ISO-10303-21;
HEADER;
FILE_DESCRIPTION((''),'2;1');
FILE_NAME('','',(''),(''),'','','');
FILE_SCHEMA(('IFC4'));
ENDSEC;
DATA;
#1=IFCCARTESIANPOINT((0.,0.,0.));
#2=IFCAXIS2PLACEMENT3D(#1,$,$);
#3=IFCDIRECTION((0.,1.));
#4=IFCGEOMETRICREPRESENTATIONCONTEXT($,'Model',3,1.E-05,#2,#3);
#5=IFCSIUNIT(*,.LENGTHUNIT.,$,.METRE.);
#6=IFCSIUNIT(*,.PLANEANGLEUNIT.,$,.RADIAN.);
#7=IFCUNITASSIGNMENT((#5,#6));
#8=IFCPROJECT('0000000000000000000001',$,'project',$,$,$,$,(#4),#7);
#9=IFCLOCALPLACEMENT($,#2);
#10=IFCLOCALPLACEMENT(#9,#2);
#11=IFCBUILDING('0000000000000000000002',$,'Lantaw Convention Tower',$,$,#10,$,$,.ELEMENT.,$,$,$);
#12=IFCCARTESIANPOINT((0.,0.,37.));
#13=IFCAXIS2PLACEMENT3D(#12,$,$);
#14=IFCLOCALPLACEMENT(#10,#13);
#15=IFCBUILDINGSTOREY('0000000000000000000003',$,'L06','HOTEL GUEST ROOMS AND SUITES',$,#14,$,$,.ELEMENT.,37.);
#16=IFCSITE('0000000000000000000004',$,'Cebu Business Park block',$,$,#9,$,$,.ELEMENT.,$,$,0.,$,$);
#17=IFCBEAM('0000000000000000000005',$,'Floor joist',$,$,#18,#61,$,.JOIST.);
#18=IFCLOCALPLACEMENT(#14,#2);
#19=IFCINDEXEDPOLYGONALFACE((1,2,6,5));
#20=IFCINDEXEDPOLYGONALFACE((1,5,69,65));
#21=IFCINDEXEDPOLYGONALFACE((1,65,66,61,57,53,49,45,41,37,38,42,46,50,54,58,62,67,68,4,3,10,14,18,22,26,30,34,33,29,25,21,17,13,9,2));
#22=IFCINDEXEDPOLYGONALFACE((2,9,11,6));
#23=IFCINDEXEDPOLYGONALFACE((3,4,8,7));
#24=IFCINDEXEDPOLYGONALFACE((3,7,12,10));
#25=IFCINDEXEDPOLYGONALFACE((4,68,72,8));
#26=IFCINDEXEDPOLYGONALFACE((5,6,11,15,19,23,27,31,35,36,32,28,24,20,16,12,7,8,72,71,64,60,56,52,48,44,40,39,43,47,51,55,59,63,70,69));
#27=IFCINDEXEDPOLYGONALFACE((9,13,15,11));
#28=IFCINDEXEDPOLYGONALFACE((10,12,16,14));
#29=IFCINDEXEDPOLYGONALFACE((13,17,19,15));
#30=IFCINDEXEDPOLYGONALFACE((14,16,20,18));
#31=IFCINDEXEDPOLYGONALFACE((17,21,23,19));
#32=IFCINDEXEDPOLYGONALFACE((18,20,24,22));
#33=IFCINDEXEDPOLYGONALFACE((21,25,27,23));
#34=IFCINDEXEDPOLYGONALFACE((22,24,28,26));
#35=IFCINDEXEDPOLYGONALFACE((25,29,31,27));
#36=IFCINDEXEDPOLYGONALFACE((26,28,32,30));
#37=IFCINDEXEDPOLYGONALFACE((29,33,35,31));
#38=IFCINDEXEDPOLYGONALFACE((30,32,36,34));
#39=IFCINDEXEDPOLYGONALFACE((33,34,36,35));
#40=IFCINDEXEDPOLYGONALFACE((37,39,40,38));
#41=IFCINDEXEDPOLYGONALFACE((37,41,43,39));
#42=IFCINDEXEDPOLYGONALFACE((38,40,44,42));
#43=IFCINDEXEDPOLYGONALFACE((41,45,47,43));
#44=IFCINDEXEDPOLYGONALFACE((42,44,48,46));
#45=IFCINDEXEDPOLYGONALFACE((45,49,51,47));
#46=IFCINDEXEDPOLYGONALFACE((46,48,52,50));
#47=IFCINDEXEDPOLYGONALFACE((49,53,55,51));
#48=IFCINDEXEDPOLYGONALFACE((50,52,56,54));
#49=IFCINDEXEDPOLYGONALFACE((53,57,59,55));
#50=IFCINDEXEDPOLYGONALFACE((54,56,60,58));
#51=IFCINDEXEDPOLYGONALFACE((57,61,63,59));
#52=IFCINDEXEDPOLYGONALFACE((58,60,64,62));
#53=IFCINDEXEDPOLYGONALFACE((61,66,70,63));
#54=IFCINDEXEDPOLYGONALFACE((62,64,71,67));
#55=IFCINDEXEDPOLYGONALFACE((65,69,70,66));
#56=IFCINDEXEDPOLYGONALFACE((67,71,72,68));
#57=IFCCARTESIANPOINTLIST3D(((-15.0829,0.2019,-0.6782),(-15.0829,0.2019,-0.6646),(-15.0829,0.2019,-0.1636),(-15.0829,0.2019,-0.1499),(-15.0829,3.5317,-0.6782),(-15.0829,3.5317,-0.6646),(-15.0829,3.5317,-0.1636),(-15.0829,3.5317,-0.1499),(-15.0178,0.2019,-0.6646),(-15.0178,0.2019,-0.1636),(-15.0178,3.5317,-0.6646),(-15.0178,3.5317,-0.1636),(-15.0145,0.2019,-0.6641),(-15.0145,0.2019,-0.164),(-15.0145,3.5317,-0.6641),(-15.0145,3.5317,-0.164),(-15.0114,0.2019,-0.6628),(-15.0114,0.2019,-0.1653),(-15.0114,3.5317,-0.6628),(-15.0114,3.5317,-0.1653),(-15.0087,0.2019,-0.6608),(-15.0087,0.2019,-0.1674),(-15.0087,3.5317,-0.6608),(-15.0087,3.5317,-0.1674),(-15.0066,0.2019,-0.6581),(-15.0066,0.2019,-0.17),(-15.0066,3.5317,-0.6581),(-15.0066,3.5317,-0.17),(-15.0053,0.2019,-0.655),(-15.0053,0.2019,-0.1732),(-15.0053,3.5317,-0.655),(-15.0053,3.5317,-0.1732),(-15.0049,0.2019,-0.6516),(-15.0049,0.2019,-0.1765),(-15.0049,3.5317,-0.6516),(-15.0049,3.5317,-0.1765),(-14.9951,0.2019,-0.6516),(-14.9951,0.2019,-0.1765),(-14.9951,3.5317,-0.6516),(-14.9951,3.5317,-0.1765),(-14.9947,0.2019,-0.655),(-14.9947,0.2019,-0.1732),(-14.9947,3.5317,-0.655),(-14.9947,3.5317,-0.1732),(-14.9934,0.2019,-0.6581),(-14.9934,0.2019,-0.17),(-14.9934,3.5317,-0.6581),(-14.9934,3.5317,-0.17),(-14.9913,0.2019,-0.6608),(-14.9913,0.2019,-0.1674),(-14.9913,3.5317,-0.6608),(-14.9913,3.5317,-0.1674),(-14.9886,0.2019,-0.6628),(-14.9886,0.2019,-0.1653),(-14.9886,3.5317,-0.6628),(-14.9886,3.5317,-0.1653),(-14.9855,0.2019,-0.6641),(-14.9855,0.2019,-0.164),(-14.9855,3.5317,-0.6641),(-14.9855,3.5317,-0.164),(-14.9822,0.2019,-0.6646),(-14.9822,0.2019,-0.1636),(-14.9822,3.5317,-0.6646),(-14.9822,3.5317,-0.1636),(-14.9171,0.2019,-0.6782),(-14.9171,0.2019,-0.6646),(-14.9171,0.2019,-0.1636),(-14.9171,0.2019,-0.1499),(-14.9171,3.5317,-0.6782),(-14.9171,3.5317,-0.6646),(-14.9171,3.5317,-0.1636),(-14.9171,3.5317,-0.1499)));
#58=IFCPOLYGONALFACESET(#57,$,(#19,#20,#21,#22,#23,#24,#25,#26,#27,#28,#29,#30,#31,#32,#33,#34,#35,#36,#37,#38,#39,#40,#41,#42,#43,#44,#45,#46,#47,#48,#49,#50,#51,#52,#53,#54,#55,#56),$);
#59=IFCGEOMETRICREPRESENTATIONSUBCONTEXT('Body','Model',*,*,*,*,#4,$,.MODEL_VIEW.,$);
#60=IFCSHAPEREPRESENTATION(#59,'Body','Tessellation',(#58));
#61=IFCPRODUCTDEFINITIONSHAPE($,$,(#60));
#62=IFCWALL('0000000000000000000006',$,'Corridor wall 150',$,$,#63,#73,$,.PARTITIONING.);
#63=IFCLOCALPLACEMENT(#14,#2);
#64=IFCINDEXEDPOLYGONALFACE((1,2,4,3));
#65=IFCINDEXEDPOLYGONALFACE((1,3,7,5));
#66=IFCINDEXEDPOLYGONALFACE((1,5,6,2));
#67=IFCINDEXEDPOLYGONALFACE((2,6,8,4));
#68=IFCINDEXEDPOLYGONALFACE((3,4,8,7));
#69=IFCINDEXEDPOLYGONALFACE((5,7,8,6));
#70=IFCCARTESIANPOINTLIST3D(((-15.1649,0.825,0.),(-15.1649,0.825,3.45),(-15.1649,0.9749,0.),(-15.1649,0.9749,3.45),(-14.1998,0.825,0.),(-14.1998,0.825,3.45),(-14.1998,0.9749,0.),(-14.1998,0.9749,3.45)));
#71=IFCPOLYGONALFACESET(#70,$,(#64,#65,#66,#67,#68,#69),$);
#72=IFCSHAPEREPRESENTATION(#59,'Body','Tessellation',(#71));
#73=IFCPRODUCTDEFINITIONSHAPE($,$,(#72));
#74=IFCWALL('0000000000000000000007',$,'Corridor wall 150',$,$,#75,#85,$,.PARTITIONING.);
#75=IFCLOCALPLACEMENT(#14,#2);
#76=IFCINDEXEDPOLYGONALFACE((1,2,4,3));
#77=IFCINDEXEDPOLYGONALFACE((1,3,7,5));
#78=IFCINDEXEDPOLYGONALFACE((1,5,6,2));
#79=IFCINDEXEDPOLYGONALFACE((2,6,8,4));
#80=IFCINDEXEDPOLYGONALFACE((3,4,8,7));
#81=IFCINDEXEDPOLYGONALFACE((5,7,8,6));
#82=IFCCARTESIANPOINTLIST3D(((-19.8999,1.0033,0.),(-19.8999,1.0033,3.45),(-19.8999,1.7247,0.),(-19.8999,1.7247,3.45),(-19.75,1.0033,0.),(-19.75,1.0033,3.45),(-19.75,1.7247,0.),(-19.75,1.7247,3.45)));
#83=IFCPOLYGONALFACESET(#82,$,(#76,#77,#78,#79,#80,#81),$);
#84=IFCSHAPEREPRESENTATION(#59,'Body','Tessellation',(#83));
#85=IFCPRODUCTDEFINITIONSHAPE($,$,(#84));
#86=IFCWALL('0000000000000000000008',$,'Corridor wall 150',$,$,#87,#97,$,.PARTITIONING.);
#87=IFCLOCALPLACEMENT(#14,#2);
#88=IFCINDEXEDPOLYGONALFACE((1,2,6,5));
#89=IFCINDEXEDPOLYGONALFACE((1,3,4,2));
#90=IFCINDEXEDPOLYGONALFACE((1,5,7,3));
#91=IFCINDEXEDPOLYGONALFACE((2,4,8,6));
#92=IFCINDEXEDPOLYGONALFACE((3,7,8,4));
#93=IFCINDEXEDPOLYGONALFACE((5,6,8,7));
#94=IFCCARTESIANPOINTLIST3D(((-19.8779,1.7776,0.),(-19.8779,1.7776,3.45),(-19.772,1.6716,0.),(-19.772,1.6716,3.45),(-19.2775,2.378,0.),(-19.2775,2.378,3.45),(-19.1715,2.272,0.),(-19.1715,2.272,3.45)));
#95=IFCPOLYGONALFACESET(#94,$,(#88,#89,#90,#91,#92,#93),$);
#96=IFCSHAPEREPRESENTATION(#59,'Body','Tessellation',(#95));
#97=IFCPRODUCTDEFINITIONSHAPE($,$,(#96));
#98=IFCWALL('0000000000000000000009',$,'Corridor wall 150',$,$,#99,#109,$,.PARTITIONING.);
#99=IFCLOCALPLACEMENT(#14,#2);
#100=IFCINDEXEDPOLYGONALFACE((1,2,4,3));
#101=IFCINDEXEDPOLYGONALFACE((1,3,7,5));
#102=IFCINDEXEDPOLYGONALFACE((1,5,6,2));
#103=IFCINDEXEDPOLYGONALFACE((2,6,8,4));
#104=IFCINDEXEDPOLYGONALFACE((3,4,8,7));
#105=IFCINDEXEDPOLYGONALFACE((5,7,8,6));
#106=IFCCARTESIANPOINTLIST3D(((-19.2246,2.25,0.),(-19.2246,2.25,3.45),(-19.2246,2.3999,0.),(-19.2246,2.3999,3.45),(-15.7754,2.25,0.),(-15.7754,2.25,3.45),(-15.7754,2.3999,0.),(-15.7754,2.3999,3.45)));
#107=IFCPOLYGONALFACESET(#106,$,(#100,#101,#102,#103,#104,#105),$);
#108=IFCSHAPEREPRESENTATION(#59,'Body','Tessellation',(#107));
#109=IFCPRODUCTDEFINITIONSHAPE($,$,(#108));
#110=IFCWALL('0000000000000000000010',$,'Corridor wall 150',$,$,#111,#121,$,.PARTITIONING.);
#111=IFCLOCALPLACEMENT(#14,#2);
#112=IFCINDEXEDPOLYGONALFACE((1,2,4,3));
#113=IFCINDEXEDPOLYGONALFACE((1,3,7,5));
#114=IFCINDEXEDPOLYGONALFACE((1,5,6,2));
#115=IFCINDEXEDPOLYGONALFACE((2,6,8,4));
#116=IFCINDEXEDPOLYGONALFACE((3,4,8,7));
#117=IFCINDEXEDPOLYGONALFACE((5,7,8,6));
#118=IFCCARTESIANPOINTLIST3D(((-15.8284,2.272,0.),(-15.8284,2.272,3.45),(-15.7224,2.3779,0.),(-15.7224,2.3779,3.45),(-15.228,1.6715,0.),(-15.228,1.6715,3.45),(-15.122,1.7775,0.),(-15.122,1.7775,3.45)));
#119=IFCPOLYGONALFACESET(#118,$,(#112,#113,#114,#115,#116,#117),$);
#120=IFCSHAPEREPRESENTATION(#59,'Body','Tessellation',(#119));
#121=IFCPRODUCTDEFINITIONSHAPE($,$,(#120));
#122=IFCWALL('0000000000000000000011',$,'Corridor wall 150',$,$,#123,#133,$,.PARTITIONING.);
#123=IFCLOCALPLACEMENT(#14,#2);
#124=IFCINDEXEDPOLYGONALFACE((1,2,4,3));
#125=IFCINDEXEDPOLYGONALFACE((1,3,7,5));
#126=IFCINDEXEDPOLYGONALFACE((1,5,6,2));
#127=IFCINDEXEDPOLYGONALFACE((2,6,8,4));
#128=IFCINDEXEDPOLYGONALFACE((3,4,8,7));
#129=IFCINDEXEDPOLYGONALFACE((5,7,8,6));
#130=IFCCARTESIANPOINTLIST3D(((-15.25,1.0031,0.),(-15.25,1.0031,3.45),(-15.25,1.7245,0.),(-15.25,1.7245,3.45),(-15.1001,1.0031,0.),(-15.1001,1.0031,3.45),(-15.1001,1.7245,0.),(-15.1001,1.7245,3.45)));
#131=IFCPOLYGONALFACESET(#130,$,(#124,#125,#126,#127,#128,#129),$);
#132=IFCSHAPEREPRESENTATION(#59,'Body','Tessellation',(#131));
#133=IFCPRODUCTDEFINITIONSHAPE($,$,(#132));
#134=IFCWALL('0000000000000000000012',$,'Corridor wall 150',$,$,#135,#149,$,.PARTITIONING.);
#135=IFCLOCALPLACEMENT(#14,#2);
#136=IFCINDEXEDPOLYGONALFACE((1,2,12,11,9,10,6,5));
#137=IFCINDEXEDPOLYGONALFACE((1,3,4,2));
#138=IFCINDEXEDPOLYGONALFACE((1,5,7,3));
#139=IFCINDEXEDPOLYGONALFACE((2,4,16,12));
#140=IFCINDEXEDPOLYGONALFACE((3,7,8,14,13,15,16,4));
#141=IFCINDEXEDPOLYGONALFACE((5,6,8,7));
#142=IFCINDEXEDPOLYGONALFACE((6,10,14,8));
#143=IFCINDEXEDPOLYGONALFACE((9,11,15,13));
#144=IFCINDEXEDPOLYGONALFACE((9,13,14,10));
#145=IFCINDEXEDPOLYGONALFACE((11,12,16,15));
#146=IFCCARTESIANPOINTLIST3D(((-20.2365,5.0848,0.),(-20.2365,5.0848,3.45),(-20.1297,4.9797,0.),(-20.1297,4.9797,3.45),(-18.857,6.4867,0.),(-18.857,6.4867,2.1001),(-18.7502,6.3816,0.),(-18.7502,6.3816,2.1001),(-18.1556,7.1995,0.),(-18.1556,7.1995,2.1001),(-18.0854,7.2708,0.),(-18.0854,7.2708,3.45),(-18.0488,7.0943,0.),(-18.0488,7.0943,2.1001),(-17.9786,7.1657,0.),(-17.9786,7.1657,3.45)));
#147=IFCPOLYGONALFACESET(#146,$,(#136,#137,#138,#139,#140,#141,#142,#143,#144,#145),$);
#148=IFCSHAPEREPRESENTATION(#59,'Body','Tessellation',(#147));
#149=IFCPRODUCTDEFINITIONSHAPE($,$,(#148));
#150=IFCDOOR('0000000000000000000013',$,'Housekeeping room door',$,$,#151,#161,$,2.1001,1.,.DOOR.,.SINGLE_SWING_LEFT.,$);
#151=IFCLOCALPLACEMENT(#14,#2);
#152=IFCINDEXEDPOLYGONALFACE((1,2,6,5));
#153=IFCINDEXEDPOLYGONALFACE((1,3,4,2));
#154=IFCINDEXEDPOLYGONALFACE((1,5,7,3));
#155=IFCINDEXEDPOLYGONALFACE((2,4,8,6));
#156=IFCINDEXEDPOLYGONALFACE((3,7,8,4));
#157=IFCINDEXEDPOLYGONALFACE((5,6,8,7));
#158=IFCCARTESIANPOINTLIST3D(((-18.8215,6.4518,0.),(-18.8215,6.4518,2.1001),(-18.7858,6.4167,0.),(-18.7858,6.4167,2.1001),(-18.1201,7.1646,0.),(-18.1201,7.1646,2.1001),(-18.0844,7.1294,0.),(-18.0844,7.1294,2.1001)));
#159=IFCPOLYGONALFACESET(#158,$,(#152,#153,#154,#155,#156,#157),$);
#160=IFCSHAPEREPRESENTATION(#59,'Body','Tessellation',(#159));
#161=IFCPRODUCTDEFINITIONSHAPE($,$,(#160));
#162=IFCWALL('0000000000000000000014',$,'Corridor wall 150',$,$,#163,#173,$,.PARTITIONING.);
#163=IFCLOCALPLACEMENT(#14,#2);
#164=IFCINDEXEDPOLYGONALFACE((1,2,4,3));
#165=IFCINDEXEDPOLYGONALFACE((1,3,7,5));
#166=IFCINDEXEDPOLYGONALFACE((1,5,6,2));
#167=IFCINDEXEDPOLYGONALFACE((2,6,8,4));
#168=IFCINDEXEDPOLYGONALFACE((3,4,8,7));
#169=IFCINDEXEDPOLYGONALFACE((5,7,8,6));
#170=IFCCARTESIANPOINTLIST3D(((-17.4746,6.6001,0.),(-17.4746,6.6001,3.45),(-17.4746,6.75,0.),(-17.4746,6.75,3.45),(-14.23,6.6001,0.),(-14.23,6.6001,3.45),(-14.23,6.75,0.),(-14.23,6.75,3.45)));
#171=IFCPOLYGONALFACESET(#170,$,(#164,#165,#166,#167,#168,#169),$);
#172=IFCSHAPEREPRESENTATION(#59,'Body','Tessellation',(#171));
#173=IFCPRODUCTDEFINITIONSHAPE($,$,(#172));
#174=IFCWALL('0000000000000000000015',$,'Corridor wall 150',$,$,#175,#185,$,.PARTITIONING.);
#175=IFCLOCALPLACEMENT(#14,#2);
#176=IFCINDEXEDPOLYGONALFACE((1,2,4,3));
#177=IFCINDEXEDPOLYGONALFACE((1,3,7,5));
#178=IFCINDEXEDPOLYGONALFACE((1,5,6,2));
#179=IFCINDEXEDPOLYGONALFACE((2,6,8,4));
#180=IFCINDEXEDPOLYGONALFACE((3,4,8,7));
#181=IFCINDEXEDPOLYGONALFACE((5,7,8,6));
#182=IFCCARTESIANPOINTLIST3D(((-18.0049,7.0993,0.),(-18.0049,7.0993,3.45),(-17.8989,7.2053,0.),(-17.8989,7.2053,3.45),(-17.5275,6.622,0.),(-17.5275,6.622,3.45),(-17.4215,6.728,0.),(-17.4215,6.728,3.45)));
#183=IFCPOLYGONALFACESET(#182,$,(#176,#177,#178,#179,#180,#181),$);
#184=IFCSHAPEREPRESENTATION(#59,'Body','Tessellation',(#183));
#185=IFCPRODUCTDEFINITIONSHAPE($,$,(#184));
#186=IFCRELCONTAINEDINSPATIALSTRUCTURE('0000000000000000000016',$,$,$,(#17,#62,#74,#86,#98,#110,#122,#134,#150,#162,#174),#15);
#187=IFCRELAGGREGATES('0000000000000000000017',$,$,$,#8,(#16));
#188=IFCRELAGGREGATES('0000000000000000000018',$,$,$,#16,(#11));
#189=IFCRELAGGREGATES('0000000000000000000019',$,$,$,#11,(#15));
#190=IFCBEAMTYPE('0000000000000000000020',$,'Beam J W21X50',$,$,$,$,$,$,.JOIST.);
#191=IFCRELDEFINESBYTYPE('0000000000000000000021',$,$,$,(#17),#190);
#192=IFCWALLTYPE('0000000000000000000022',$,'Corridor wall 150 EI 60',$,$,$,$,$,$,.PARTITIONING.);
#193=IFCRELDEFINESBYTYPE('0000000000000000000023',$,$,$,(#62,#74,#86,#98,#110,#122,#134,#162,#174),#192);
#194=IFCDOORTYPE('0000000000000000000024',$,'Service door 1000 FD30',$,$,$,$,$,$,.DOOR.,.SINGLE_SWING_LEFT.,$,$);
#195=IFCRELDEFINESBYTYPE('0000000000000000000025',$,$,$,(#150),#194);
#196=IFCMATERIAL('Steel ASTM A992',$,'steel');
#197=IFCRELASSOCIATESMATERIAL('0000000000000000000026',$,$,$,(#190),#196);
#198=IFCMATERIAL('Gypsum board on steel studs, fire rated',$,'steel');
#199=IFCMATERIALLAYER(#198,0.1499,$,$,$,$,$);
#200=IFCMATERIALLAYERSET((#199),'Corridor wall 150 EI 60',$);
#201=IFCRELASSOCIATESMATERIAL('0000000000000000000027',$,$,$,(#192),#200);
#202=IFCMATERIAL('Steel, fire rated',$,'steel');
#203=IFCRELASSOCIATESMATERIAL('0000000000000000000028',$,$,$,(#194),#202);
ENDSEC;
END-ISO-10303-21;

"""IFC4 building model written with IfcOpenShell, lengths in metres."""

from ifc_helpers import new_model, si_unit, direction, frame, frame_2d, origin, origin_2d, place, context, subcontext, project, spatial, rectangle, i_section, extrude, material, layer, layer_set, material_profile, profile_set, type_object, element, fill, save


model = new_model("IFC4")

# Units and contexts
model_context = context("Model", 3, precision=1e-05, world=origin(), true_north=direction((0.0, 1.0)))
body_context = subcontext(model_context, "Body", "Model", "MODEL_VIEW")
ifc_project = project(units=[si_unit("LENGTHUNIT", "METRE"), si_unit("PLANEANGLEUNIT", "RADIAN")], contexts=[model_context])

# Site, building, storey
site_placement = place(None, origin())
site = spatial("IfcSite", under=ifc_project, at=site_placement, Name="Cebu Business Park block", CompositionType="ELEMENT", RefElevation=0.0)
building_placement = place(site_placement, origin())
building = spatial("IfcBuilding", under=site, at=building_placement, Name="Lantaw Convention Tower", CompositionType="ELEMENT")
storey_placement = place(building_placement, frame((0.0, 0.0, 37.0)))
storey = spatial("IfcBuildingStorey", under=building, at=storey_placement, Name="L06", Description="HOTEL GUEST ROOMS AND SUITES", CompositionType="ELEMENT", Elevation=37.0)

# Beam
ifc_material_1 = material(Name="Steel ASTM A992", Category="steel")
ifc_material_profile_1 = material_profile(ifc_material_1, i_section(OverallWidth=0.1658, OverallDepth=0.5283, WebThickness=0.0098, FlangeThickness=0.0137, FilletRadius=0.0129, at=origin_2d()), Name="W21X50")
ifc_profile_set_1 = profile_set([ifc_material_profile_1], Name="Steel ASTM A992")
beam_type_1 = type_object("IfcBeamType", Name="Beam J W21X50", PredefinedType="JOIST", material=ifc_profile_set_1)
beam_1_placement = place(storey_placement, frame((-15.0, 0.2019, -0.4141), z_axis=(0.0, 1.0, 0.0), x_axis=(-1.0, 0.0, 0.0)))
element("IfcBeam", 1, at=beam_1_placement, inside=storey, type_object=beam_type_1, Name="Floor joist", PredefinedType="JOIST", context=body_context, shape_type="SweptSolid", body=[
    extrude(i_section(OverallWidth=0.1658, OverallDepth=0.5283, WebThickness=0.0098, FlangeThickness=0.0137, FilletRadius=0.0129, at=origin_2d()), origin(), (0.0, 0.0, 1.0), 3.3298),
])

# Walls
ifc_material_2 = material(Name="Gypsum board on steel studs, fire rated", Category="steel")
ifc_layer_1 = layer(ifc_material_2, 0.1499)
ifc_layer_set_1 = layer_set([ifc_layer_1], Name="Corridor wall 150 EI 60")
wall_type_1 = type_object("IfcWallType", Name="Corridor wall 150 EI 60", PredefinedType="PARTITIONING", material=ifc_layer_set_1)
wall_1_placement = place(storey_placement, frame((-14.2, 0.8999, 0.0), z_axis=(0.0, 0.0, 1.0), x_axis=(-1.0, 0.0, 0.0)))
element("IfcWall", 2, at=wall_1_placement, inside=storey, type_object=wall_type_1, Name="Corridor wall 150", PredefinedType="PARTITIONING", context=body_context, shape_type="SweptSolid", body=[
    extrude(rectangle(XDim=0.9651, YDim=0.1499, at=frame_2d((0.4824, 0.0))), origin(), (0.0, 0.0, 1.0), 3.45),
])
wall_2_placement = place(storey_placement, frame((-19.825, 1.0032, 0.0), z_axis=(0.0, 0.0, 1.0), x_axis=(0.0, 1.0, 0.0)))
element("IfcWall", 3, at=wall_2_placement, inside=storey, type_object=wall_type_1, Name="Corridor wall 150", PredefinedType="PARTITIONING", context=body_context, shape_type="SweptSolid", body=[
    extrude(rectangle(XDim=0.7214, YDim=0.1499, at=frame_2d((0.3608, 0.0))), origin(), (0.0, 0.0, 1.0), 3.45),
])
wall_3_placement = place(storey_placement, frame((-19.825, 1.7246, 0.0), z_axis=(0.0, 0.0, 1.0), x_axis=(0.707107, 0.707107, 0.0)))
element("IfcWall", 4, at=wall_3_placement, inside=storey, type_object=wall_type_1, Name="Corridor wall 150", PredefinedType="PARTITIONING", context=body_context, shape_type="SweptSolid", body=[
    extrude(rectangle(XDim=0.8491, YDim=0.1499, at=frame_2d((0.4246, 0.0))), origin(), (0.0, 0.0, 1.0), 3.45),
])
wall_4_placement = place(storey_placement, frame((-19.2246, 2.325, 0.0), z_axis=(0.0, 0.0, 1.0), x_axis=(1.0, 0.0, 0.0)))
element("IfcWall", 5, at=wall_4_placement, inside=storey, type_object=wall_type_1, Name="Corridor wall 150", PredefinedType="PARTITIONING", context=body_context, shape_type="SweptSolid", body=[
    extrude(rectangle(XDim=3.4492, YDim=0.1499, at=frame_2d((1.7246, 0.0))), origin(), (0.0, 0.0, 1.0), 3.45),
])
wall_5_placement = place(storey_placement, frame((-15.7754, 2.325, 0.0), z_axis=(0.0, 0.0, 1.0), x_axis=(0.707107, -0.707107, 0.0)))
element("IfcWall", 6, at=wall_5_placement, inside=storey, type_object=wall_type_1, Name="Corridor wall 150", PredefinedType="PARTITIONING", context=body_context, shape_type="SweptSolid", body=[
    extrude(rectangle(XDim=0.8491, YDim=0.1499, at=frame_2d((0.4246, 0.0))), origin(), (0.0, 0.0, 1.0), 3.45),
])
wall_6_placement = place(storey_placement, frame((-15.175, 1.7246, 0.0), z_axis=(0.0, 0.0, 1.0), x_axis=(0.0, -1.0, 0.0)))
element("IfcWall", 7, at=wall_6_placement, inside=storey, type_object=wall_type_1, Name="Corridor wall 150", PredefinedType="PARTITIONING", context=body_context, shape_type="SweptSolid", body=[
    extrude(rectangle(XDim=0.7214, YDim=0.1499, at=frame_2d((0.3608, 0.0))), origin(), (0.0, 0.0, 1.0), 3.45),
])

# Wall, opening, door
wall_7_placement = place(storey_placement, frame((-18.032, 7.2183, 0.0), z_axis=(0.0, 0.0, 1.0), x_axis=(-0.701392, -0.712776, 0.0)))
wall_7 = element("IfcWall", 8, at=wall_7_placement, inside=storey, type_object=wall_type_1, Name="Corridor wall 150", PredefinedType="PARTITIONING", context=body_context, shape_type="SweptSolid", body=[
    extrude(rectangle(XDim=3.0669, YDim=0.1499, at=frame_2d((1.5334, 0.0))), origin(), (0.0, 0.0, 1.0), 3.45),
])
opening_1_placement = place(wall_7_placement, frame((0.1001, 0.0, 0.0)))
opening_1 = element("IfcOpeningElement", 9, at=opening_1_placement, cuts=wall_7, PredefinedType="OPENING", context=body_context, shape_type="SweptSolid", body=[
    extrude(rectangle(XDim=1.0, YDim=2.1001, at=frame_2d((0.5, 1.05))), frame((0.0, 0.085, 0.0), z_axis=(0.0, -1.0, 0.0), x_axis=(1.0, 0.0, 0.0)), (0.0, 0.0, 1.0), 0.1699),
])
ifc_material_3 = material(Name="Steel, fire rated", Category="steel")
door_type_1 = type_object("IfcDoorType", Name="Service door 1000 FD30", OperationType="SINGLE_SWING_LEFT", PredefinedType="DOOR", material=ifc_material_3)
door_1_placement = place(opening_1_placement, origin())
door_1 = element("IfcDoor", 10, at=door_1_placement, inside=storey, type_object=door_type_1, Name="Housekeeping room door", OperationType="SINGLE_SWING_LEFT", OverallHeight=2.1001, OverallWidth=1.0, PredefinedType="DOOR", context=body_context, shape_type="SweptSolid", body=[
    extrude(rectangle(XDim=1.0, YDim=2.1001, at=frame_2d((0.5, 1.05))), frame((0.0, 0.0249, 0.0), z_axis=(0.0, -1.0, 0.0), x_axis=(1.0, 0.0, 0.0)), (0.0, 0.0, 1.0), 0.05),
])
fill(opening_1, door_1)

# Walls
wall_8_placement = place(storey_placement, frame((-14.23, 6.675, 0.0), z_axis=(0.0, 0.0, 1.0), x_axis=(-1.0, 0.0, 0.0)))
element("IfcWall", 11, at=wall_8_placement, inside=storey, type_object=wall_type_1, Name="Corridor wall 150", PredefinedType="PARTITIONING", context=body_context, shape_type="SweptSolid", body=[
    extrude(rectangle(XDim=3.2446, YDim=0.1499, at=frame_2d((1.6223, 0.0))), origin(), (0.0, 0.0, 1.0), 3.45),
])
wall_9_placement = place(storey_placement, frame((-17.4746, 6.675, 0.0), z_axis=(0.0, 0.0, 1.0), x_axis=(-0.707107, 0.707107, 0.0)))
element("IfcWall", 12, at=wall_9_placement, inside=storey, type_object=wall_type_1, Name="Corridor wall 150", PredefinedType="PARTITIONING", context=body_context, shape_type="SweptSolid", body=[
    extrude(rectangle(XDim=0.675, YDim=0.1499, at=frame_2d((0.3374, 0.0))), origin(), (0.0, 0.0, 1.0), 3.45),
])

save(model, "model.ifc")
